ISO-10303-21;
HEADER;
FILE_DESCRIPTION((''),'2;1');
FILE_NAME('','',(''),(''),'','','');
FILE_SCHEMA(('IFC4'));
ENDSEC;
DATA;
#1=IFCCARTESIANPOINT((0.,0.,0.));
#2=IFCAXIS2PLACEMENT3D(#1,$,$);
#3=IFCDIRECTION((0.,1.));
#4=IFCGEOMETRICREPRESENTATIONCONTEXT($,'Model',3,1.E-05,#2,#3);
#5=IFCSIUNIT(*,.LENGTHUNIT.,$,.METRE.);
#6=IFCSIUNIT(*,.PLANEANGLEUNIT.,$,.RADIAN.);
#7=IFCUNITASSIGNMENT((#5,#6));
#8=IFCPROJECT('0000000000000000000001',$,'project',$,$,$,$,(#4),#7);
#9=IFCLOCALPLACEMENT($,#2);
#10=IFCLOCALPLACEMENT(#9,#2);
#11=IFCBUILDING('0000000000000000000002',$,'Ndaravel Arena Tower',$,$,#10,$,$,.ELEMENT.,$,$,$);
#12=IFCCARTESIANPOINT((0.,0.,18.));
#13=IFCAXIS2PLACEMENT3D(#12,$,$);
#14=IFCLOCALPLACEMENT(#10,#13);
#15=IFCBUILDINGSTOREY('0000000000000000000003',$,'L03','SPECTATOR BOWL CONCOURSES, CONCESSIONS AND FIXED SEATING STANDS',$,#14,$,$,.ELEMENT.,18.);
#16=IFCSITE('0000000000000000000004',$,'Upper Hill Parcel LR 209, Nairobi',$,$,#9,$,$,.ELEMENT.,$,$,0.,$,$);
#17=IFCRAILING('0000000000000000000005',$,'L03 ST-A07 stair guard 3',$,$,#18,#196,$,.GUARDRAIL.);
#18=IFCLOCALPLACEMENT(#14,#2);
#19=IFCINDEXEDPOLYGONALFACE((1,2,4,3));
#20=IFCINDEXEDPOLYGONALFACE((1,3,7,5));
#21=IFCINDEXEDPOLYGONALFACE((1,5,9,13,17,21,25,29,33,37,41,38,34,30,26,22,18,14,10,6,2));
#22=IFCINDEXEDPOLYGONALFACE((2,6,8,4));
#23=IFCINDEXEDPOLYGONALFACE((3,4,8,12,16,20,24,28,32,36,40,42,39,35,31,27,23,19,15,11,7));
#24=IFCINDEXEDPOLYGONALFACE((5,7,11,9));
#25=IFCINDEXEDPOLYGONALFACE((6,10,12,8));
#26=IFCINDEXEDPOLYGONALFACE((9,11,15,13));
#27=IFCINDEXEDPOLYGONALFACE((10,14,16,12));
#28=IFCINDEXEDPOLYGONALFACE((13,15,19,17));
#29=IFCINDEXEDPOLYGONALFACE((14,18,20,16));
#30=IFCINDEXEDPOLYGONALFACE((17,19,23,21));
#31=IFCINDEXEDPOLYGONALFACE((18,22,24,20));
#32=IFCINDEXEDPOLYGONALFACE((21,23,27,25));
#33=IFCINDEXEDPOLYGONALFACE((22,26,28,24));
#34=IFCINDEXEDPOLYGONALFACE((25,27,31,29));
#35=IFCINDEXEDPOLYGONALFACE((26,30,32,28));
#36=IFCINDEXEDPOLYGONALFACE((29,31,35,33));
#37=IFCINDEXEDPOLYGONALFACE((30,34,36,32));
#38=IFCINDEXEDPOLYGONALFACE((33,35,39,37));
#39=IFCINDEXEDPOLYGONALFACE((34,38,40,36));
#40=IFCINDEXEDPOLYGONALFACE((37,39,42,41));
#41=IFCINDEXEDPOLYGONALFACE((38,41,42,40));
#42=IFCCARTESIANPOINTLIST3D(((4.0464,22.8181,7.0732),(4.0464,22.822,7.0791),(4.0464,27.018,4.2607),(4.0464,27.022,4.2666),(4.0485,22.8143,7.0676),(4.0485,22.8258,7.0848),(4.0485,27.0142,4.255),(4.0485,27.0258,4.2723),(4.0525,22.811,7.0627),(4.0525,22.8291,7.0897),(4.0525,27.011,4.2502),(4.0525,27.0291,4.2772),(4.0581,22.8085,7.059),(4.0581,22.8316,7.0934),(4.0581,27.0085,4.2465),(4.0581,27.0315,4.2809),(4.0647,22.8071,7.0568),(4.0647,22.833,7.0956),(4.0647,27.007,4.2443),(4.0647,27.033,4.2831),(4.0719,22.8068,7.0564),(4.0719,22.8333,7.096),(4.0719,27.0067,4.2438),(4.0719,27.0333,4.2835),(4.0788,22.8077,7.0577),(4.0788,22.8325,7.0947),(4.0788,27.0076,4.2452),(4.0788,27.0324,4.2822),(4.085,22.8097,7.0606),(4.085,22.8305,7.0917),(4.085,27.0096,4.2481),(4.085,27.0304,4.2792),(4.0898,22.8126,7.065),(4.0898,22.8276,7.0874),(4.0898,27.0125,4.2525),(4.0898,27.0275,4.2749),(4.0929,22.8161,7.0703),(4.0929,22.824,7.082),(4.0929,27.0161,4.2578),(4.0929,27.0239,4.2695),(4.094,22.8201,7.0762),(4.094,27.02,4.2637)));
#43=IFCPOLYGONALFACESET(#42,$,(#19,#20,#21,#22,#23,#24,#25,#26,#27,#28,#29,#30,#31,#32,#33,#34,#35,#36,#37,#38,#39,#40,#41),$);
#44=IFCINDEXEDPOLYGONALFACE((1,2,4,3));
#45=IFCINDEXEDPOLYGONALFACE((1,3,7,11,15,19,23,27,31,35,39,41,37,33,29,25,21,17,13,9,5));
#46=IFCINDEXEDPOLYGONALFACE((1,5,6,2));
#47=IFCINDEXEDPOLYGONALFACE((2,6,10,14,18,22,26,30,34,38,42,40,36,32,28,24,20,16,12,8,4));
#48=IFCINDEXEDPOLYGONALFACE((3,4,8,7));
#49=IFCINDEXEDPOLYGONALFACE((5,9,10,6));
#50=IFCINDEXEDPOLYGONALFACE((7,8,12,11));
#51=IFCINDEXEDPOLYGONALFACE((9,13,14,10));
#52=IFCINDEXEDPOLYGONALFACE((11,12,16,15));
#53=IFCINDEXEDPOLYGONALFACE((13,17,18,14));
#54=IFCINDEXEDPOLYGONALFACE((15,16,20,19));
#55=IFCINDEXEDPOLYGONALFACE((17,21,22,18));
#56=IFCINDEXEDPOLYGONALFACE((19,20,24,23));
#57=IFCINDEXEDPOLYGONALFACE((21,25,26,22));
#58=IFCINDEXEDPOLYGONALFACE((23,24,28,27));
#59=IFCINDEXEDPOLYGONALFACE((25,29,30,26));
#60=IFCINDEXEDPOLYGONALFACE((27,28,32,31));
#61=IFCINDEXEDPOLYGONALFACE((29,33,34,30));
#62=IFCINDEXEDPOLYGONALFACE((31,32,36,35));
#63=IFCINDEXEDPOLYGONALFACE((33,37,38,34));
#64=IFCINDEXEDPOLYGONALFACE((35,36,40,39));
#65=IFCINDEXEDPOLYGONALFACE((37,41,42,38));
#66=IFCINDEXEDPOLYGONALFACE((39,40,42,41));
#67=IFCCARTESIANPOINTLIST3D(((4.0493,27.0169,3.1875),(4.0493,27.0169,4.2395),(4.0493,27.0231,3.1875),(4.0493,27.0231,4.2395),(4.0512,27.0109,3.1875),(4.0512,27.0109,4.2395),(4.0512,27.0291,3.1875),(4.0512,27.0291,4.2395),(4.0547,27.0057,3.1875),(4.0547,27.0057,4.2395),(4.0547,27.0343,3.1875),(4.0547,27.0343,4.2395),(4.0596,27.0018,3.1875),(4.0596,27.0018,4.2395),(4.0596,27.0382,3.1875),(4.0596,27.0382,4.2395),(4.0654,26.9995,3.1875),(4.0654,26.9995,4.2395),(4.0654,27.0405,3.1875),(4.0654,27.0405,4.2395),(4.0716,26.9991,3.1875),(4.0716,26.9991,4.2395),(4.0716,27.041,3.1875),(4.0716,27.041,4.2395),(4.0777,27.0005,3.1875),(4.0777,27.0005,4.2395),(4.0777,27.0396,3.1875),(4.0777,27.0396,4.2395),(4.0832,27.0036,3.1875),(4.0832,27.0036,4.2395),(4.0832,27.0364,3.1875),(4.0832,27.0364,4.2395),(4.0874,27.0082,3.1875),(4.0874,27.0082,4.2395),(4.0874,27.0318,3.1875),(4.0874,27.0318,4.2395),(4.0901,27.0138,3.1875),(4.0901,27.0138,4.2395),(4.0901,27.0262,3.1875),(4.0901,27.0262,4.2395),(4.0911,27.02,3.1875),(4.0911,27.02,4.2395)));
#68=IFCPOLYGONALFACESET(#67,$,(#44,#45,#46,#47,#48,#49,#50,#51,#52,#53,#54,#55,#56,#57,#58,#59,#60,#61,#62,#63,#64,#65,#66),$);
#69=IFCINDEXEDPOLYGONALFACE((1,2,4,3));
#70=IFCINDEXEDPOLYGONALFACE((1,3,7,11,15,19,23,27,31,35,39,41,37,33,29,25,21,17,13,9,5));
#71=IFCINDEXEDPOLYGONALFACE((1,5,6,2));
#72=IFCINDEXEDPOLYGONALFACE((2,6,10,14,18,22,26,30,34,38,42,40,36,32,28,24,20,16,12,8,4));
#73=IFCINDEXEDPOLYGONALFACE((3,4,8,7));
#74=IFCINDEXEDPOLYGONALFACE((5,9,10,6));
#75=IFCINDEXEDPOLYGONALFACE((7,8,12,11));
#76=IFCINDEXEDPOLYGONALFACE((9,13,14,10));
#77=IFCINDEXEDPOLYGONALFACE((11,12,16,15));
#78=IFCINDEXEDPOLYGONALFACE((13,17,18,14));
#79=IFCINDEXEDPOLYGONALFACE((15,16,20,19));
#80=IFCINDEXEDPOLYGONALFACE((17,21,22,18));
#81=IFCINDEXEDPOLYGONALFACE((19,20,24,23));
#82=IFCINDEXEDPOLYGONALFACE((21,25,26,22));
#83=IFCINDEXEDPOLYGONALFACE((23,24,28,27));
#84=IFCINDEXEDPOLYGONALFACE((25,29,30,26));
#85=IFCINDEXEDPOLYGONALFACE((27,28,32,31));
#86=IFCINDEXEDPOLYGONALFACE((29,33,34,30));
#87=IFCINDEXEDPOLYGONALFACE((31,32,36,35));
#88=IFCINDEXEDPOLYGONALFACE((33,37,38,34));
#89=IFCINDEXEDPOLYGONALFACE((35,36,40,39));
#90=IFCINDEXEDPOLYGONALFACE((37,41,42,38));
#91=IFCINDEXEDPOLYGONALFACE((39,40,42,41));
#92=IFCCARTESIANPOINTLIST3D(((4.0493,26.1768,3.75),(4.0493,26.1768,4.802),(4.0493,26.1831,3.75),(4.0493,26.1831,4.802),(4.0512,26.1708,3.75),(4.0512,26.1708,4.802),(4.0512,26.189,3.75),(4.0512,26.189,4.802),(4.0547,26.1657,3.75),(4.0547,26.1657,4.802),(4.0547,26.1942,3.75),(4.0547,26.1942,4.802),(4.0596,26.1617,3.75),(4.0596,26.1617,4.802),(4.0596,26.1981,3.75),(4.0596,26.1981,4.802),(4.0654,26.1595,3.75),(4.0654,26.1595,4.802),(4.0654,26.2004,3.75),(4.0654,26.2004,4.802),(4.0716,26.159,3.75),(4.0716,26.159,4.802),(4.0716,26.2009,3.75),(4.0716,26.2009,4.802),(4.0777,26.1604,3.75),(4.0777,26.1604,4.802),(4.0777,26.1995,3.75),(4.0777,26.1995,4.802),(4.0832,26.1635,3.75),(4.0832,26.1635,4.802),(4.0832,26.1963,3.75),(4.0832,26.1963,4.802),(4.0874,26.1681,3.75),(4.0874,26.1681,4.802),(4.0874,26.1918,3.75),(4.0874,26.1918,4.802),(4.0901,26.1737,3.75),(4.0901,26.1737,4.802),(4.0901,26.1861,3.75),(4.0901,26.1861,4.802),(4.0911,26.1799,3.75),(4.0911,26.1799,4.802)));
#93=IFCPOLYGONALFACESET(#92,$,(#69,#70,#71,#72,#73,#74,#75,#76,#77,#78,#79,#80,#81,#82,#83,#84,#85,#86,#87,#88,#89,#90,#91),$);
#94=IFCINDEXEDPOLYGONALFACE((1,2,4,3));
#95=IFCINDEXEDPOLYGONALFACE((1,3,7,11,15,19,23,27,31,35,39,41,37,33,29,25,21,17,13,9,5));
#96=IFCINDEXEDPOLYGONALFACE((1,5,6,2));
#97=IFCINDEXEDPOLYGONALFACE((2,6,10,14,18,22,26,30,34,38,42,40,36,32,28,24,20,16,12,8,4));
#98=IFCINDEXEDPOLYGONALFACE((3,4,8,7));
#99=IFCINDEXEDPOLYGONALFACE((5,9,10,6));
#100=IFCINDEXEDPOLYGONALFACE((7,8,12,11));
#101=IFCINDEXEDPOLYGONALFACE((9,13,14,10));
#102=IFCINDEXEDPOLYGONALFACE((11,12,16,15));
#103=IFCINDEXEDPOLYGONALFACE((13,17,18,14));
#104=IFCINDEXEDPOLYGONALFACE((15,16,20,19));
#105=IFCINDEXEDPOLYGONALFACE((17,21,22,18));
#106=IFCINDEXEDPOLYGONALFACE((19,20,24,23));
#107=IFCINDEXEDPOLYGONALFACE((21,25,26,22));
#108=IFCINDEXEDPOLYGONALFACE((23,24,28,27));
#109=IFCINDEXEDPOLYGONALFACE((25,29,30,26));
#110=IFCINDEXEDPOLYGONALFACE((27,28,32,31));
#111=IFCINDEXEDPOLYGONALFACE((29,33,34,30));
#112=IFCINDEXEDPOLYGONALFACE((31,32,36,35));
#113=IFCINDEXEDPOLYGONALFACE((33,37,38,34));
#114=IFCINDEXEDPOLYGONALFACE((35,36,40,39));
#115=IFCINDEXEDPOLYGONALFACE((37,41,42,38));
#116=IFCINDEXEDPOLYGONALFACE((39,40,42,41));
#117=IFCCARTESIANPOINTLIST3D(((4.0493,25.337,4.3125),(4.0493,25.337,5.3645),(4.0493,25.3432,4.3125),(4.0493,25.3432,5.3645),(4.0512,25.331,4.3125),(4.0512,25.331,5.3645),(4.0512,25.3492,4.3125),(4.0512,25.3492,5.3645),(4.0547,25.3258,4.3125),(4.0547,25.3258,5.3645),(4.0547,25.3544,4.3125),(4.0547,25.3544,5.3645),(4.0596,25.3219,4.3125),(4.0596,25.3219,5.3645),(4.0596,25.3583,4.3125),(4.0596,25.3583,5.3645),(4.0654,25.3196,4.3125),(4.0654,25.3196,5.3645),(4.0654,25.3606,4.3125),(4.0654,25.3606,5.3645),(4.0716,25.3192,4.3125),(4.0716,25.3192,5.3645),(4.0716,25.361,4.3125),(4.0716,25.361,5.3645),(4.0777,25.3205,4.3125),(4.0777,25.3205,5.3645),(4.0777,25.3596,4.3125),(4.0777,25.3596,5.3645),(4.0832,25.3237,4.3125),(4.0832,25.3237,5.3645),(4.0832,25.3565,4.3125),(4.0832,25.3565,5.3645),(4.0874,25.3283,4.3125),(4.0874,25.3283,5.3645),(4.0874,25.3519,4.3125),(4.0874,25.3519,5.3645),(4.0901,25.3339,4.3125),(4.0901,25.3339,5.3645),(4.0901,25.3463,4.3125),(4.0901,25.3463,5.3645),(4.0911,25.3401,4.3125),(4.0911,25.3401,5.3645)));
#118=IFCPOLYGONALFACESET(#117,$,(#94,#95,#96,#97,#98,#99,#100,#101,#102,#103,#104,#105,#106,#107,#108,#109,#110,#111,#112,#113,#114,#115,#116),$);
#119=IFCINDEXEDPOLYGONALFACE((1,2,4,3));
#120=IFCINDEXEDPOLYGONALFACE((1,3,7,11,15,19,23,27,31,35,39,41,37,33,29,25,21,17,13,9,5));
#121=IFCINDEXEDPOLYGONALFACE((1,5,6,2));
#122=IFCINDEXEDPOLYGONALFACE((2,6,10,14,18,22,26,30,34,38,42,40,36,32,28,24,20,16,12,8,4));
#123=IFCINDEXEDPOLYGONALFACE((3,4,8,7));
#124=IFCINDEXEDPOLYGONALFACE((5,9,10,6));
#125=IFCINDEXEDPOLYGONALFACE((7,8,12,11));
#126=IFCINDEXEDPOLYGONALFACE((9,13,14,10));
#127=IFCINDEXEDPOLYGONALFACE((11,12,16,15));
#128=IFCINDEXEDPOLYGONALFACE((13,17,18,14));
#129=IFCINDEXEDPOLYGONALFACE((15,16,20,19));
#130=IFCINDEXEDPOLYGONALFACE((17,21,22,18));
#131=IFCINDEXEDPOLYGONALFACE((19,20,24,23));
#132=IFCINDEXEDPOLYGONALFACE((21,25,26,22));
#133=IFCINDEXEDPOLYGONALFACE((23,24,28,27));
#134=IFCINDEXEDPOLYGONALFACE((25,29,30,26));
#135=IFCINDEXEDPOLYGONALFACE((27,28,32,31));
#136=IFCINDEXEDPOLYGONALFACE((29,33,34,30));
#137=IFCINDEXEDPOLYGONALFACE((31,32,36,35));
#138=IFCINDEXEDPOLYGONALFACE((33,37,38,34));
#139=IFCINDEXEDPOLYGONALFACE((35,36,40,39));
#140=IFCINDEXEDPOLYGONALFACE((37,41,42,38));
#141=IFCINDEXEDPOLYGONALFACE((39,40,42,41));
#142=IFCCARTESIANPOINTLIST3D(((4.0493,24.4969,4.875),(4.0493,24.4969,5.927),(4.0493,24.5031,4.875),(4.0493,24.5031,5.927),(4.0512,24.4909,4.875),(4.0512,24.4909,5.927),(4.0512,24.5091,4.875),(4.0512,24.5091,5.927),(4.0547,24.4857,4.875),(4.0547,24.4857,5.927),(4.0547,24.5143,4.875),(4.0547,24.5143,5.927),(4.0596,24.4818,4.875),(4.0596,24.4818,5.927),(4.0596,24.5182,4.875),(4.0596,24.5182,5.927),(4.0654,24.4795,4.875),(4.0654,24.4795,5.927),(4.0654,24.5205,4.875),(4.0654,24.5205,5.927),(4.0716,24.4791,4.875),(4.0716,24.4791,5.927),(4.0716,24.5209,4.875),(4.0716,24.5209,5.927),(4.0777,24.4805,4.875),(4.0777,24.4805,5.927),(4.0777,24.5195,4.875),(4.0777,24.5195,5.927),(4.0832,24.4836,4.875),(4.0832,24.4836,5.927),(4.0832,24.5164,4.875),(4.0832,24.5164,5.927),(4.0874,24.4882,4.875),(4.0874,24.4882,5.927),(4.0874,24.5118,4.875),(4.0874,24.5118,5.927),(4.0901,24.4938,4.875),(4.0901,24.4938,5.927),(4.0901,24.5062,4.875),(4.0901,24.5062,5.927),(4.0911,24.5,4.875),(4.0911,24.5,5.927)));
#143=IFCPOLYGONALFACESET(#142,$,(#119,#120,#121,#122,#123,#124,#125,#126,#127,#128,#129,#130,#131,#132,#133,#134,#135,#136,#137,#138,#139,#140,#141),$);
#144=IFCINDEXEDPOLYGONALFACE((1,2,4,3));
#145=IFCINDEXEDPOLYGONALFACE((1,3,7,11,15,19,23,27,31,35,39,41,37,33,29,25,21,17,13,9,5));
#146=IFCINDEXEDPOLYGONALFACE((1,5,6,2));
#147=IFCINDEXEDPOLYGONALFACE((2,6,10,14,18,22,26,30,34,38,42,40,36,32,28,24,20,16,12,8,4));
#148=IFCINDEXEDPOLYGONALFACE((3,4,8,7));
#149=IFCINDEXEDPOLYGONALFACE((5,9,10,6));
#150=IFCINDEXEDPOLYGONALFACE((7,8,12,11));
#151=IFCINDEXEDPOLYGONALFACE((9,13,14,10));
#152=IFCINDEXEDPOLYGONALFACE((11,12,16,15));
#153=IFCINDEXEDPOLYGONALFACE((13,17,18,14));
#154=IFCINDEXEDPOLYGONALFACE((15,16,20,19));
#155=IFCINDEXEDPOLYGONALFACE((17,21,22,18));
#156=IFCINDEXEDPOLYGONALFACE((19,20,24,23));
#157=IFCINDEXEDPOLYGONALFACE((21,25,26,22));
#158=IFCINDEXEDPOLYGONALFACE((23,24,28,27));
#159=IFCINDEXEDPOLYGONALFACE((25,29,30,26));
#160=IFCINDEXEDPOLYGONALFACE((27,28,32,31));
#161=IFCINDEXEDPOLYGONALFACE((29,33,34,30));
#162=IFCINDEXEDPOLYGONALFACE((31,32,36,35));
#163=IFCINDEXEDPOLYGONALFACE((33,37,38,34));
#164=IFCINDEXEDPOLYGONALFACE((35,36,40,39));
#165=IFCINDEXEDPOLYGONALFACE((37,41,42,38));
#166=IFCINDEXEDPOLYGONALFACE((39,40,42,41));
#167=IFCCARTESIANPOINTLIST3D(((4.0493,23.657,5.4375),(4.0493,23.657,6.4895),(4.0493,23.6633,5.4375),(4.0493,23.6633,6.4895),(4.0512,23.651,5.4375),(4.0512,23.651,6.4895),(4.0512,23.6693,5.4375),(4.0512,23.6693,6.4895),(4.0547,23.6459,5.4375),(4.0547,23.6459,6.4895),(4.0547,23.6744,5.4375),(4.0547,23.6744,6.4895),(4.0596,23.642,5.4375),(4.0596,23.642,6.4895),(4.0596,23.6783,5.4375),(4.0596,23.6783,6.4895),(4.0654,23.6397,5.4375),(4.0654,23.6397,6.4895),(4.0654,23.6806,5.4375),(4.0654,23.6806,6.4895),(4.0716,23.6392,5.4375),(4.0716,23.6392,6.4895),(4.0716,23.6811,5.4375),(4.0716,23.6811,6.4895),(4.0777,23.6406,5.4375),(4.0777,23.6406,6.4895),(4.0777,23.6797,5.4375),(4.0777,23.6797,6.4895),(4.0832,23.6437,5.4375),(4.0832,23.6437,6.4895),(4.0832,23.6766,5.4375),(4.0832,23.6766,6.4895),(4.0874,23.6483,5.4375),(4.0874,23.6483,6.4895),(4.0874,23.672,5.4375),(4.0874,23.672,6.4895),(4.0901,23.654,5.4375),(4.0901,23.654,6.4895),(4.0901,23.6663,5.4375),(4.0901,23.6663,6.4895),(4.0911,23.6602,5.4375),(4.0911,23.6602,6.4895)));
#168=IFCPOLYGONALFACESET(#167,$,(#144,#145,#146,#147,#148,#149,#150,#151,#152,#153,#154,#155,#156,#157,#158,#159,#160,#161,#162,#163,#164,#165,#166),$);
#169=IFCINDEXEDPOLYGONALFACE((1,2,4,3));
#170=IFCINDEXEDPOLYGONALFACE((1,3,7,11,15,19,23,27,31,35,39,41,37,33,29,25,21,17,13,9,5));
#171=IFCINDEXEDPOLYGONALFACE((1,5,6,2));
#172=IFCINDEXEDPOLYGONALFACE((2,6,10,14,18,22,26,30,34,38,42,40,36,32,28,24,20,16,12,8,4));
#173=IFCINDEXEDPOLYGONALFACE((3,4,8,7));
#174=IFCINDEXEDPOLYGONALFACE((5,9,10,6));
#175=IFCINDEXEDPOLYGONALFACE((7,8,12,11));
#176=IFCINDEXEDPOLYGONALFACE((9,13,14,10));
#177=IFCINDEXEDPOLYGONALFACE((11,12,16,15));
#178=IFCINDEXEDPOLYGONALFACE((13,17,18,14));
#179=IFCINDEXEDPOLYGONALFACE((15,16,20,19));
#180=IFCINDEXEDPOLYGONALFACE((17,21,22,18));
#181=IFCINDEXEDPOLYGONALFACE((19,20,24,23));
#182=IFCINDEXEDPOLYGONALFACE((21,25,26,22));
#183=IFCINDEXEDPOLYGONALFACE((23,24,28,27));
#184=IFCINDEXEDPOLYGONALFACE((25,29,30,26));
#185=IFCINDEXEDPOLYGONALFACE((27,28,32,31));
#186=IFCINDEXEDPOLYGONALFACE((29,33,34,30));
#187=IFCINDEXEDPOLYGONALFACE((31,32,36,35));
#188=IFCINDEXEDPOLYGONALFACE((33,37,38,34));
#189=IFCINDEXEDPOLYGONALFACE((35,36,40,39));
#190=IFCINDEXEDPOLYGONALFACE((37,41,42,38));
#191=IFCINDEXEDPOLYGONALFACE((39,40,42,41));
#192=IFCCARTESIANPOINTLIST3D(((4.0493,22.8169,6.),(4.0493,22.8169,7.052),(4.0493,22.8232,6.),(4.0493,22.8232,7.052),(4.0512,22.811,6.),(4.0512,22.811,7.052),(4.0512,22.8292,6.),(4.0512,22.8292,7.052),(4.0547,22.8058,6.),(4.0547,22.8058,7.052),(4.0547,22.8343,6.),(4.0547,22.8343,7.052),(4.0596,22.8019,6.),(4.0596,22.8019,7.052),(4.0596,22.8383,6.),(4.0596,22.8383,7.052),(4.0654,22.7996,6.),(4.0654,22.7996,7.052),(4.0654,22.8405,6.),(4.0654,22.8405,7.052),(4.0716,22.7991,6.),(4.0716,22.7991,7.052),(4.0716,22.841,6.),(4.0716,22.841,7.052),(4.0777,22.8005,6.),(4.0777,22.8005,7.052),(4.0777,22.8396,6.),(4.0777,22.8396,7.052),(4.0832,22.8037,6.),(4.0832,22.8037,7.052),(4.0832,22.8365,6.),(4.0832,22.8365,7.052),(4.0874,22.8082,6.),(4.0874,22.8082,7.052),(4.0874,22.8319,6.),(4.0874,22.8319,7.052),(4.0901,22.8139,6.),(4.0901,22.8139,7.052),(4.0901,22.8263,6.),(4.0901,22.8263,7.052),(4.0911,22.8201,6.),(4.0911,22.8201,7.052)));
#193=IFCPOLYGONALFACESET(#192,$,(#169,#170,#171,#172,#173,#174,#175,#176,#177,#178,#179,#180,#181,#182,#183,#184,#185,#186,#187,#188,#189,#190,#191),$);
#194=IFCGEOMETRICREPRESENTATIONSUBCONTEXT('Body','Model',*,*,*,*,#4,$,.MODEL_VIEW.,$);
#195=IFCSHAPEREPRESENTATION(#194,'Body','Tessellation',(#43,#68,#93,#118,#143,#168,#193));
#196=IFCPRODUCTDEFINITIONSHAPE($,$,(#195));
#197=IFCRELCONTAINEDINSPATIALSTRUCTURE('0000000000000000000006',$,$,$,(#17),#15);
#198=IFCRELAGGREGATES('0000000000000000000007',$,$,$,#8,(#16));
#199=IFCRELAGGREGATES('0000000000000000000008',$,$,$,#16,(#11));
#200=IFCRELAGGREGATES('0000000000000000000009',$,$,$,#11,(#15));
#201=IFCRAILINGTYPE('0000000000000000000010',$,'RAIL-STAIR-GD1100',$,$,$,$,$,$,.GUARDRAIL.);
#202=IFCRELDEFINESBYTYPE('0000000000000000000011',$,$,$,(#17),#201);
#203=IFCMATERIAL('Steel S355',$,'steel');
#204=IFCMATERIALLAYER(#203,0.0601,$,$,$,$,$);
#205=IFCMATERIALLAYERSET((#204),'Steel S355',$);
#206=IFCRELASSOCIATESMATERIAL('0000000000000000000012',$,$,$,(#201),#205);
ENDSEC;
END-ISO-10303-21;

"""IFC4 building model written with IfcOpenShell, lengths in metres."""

from ifc_helpers import new_model, si_unit, direction, frame, origin, origin_2d, place, context, subcontext, project, spatial, circle, extrude, material, layer, layer_set, type_object, element, save


model = new_model("IFC4")

# Units and contexts
model_context = context("Model", 3, precision=1e-05, world=origin(), true_north=direction((0.0, 1.0)))
body_context = subcontext(model_context, "Body", "Model", "MODEL_VIEW")
ifc_project = project(units=[si_unit("LENGTHUNIT", "METRE"), si_unit("PLANEANGLEUNIT", "RADIAN")], contexts=[model_context])

# Site, building, storey
site_placement = place(None, origin())
site = spatial("IfcSite", under=ifc_project, at=site_placement, Name="Upper Hill Parcel LR 209, Nairobi", CompositionType="ELEMENT", RefElevation=0.0)
building_placement = place(site_placement, origin())
building = spatial("IfcBuilding", under=site, at=building_placement, Name="Ndaravel Arena Tower", CompositionType="ELEMENT")
storey_placement = place(building_placement, frame((0.0, 0.0, 18.0)))
storey = spatial("IfcBuildingStorey", under=building, at=storey_placement, Name="L03", Description="SPECTATOR BOWL CONCOURSES, CONCESSIONS AND FIXED SEATING STANDS", CompositionType="ELEMENT", Elevation=18.0)

# Railing
ifc_material_1 = material(Name="Steel S355", Category="steel")
ifc_layer_1 = layer(ifc_material_1, 0.0601)
ifc_layer_set_1 = layer_set([ifc_layer_1], Name="Steel S355")
railing_type_1 = type_object("IfcRailingType", Name="RAIL-STAIR-GD1100", PredefinedType="GUARDRAIL", material=ifc_layer_set_1)
railing_1_placement = place(storey_placement, frame((4.0701, 27.02, 3.1875)))
element("IfcRailing", 1, at=railing_1_placement, inside=storey, type_object=railing_type_1, Name="L03 ST-A07 stair guard 3", PredefinedType="GUARDRAIL", context=body_context, shape_type="SweptSolid", body=[
    extrude(circle(Radius=0.0239, at=origin_2d()), frame((0.0, 0.0, 1.0762), z_axis=(0.0, -0.830904, 0.556416), x_axis=(1.0, 0.0, 0.0)), (0.0, 0.0, 1.0), 5.0547),
    extrude(circle(Radius=0.021, at=origin_2d()), origin(), (0.0, 0.0, 1.0), 1.052),
    extrude(circle(Radius=0.021, at=origin_2d()), frame((0.0, -0.8401, 0.5625)), (0.0, 0.0, 1.0), 1.052),
    extrude(circle(Radius=0.021, at=origin_2d()), frame((0.0, -1.6799, 1.125)), (0.0, 0.0, 1.0), 1.052),
    extrude(circle(Radius=0.021, at=origin_2d()), frame((0.0, -2.52, 1.6875)), (0.0, 0.0, 1.0), 1.052),
    extrude(circle(Radius=0.021, at=origin_2d()), frame((0.0, -3.3599, 2.25)), (0.0, 0.0, 1.0), 1.052),
    extrude(circle(Radius=0.021, at=origin_2d()), frame((0.0, -4.2, 2.8125)), (0.0, 0.0, 1.0), 1.052),
])

save(model, "model.ifc")
